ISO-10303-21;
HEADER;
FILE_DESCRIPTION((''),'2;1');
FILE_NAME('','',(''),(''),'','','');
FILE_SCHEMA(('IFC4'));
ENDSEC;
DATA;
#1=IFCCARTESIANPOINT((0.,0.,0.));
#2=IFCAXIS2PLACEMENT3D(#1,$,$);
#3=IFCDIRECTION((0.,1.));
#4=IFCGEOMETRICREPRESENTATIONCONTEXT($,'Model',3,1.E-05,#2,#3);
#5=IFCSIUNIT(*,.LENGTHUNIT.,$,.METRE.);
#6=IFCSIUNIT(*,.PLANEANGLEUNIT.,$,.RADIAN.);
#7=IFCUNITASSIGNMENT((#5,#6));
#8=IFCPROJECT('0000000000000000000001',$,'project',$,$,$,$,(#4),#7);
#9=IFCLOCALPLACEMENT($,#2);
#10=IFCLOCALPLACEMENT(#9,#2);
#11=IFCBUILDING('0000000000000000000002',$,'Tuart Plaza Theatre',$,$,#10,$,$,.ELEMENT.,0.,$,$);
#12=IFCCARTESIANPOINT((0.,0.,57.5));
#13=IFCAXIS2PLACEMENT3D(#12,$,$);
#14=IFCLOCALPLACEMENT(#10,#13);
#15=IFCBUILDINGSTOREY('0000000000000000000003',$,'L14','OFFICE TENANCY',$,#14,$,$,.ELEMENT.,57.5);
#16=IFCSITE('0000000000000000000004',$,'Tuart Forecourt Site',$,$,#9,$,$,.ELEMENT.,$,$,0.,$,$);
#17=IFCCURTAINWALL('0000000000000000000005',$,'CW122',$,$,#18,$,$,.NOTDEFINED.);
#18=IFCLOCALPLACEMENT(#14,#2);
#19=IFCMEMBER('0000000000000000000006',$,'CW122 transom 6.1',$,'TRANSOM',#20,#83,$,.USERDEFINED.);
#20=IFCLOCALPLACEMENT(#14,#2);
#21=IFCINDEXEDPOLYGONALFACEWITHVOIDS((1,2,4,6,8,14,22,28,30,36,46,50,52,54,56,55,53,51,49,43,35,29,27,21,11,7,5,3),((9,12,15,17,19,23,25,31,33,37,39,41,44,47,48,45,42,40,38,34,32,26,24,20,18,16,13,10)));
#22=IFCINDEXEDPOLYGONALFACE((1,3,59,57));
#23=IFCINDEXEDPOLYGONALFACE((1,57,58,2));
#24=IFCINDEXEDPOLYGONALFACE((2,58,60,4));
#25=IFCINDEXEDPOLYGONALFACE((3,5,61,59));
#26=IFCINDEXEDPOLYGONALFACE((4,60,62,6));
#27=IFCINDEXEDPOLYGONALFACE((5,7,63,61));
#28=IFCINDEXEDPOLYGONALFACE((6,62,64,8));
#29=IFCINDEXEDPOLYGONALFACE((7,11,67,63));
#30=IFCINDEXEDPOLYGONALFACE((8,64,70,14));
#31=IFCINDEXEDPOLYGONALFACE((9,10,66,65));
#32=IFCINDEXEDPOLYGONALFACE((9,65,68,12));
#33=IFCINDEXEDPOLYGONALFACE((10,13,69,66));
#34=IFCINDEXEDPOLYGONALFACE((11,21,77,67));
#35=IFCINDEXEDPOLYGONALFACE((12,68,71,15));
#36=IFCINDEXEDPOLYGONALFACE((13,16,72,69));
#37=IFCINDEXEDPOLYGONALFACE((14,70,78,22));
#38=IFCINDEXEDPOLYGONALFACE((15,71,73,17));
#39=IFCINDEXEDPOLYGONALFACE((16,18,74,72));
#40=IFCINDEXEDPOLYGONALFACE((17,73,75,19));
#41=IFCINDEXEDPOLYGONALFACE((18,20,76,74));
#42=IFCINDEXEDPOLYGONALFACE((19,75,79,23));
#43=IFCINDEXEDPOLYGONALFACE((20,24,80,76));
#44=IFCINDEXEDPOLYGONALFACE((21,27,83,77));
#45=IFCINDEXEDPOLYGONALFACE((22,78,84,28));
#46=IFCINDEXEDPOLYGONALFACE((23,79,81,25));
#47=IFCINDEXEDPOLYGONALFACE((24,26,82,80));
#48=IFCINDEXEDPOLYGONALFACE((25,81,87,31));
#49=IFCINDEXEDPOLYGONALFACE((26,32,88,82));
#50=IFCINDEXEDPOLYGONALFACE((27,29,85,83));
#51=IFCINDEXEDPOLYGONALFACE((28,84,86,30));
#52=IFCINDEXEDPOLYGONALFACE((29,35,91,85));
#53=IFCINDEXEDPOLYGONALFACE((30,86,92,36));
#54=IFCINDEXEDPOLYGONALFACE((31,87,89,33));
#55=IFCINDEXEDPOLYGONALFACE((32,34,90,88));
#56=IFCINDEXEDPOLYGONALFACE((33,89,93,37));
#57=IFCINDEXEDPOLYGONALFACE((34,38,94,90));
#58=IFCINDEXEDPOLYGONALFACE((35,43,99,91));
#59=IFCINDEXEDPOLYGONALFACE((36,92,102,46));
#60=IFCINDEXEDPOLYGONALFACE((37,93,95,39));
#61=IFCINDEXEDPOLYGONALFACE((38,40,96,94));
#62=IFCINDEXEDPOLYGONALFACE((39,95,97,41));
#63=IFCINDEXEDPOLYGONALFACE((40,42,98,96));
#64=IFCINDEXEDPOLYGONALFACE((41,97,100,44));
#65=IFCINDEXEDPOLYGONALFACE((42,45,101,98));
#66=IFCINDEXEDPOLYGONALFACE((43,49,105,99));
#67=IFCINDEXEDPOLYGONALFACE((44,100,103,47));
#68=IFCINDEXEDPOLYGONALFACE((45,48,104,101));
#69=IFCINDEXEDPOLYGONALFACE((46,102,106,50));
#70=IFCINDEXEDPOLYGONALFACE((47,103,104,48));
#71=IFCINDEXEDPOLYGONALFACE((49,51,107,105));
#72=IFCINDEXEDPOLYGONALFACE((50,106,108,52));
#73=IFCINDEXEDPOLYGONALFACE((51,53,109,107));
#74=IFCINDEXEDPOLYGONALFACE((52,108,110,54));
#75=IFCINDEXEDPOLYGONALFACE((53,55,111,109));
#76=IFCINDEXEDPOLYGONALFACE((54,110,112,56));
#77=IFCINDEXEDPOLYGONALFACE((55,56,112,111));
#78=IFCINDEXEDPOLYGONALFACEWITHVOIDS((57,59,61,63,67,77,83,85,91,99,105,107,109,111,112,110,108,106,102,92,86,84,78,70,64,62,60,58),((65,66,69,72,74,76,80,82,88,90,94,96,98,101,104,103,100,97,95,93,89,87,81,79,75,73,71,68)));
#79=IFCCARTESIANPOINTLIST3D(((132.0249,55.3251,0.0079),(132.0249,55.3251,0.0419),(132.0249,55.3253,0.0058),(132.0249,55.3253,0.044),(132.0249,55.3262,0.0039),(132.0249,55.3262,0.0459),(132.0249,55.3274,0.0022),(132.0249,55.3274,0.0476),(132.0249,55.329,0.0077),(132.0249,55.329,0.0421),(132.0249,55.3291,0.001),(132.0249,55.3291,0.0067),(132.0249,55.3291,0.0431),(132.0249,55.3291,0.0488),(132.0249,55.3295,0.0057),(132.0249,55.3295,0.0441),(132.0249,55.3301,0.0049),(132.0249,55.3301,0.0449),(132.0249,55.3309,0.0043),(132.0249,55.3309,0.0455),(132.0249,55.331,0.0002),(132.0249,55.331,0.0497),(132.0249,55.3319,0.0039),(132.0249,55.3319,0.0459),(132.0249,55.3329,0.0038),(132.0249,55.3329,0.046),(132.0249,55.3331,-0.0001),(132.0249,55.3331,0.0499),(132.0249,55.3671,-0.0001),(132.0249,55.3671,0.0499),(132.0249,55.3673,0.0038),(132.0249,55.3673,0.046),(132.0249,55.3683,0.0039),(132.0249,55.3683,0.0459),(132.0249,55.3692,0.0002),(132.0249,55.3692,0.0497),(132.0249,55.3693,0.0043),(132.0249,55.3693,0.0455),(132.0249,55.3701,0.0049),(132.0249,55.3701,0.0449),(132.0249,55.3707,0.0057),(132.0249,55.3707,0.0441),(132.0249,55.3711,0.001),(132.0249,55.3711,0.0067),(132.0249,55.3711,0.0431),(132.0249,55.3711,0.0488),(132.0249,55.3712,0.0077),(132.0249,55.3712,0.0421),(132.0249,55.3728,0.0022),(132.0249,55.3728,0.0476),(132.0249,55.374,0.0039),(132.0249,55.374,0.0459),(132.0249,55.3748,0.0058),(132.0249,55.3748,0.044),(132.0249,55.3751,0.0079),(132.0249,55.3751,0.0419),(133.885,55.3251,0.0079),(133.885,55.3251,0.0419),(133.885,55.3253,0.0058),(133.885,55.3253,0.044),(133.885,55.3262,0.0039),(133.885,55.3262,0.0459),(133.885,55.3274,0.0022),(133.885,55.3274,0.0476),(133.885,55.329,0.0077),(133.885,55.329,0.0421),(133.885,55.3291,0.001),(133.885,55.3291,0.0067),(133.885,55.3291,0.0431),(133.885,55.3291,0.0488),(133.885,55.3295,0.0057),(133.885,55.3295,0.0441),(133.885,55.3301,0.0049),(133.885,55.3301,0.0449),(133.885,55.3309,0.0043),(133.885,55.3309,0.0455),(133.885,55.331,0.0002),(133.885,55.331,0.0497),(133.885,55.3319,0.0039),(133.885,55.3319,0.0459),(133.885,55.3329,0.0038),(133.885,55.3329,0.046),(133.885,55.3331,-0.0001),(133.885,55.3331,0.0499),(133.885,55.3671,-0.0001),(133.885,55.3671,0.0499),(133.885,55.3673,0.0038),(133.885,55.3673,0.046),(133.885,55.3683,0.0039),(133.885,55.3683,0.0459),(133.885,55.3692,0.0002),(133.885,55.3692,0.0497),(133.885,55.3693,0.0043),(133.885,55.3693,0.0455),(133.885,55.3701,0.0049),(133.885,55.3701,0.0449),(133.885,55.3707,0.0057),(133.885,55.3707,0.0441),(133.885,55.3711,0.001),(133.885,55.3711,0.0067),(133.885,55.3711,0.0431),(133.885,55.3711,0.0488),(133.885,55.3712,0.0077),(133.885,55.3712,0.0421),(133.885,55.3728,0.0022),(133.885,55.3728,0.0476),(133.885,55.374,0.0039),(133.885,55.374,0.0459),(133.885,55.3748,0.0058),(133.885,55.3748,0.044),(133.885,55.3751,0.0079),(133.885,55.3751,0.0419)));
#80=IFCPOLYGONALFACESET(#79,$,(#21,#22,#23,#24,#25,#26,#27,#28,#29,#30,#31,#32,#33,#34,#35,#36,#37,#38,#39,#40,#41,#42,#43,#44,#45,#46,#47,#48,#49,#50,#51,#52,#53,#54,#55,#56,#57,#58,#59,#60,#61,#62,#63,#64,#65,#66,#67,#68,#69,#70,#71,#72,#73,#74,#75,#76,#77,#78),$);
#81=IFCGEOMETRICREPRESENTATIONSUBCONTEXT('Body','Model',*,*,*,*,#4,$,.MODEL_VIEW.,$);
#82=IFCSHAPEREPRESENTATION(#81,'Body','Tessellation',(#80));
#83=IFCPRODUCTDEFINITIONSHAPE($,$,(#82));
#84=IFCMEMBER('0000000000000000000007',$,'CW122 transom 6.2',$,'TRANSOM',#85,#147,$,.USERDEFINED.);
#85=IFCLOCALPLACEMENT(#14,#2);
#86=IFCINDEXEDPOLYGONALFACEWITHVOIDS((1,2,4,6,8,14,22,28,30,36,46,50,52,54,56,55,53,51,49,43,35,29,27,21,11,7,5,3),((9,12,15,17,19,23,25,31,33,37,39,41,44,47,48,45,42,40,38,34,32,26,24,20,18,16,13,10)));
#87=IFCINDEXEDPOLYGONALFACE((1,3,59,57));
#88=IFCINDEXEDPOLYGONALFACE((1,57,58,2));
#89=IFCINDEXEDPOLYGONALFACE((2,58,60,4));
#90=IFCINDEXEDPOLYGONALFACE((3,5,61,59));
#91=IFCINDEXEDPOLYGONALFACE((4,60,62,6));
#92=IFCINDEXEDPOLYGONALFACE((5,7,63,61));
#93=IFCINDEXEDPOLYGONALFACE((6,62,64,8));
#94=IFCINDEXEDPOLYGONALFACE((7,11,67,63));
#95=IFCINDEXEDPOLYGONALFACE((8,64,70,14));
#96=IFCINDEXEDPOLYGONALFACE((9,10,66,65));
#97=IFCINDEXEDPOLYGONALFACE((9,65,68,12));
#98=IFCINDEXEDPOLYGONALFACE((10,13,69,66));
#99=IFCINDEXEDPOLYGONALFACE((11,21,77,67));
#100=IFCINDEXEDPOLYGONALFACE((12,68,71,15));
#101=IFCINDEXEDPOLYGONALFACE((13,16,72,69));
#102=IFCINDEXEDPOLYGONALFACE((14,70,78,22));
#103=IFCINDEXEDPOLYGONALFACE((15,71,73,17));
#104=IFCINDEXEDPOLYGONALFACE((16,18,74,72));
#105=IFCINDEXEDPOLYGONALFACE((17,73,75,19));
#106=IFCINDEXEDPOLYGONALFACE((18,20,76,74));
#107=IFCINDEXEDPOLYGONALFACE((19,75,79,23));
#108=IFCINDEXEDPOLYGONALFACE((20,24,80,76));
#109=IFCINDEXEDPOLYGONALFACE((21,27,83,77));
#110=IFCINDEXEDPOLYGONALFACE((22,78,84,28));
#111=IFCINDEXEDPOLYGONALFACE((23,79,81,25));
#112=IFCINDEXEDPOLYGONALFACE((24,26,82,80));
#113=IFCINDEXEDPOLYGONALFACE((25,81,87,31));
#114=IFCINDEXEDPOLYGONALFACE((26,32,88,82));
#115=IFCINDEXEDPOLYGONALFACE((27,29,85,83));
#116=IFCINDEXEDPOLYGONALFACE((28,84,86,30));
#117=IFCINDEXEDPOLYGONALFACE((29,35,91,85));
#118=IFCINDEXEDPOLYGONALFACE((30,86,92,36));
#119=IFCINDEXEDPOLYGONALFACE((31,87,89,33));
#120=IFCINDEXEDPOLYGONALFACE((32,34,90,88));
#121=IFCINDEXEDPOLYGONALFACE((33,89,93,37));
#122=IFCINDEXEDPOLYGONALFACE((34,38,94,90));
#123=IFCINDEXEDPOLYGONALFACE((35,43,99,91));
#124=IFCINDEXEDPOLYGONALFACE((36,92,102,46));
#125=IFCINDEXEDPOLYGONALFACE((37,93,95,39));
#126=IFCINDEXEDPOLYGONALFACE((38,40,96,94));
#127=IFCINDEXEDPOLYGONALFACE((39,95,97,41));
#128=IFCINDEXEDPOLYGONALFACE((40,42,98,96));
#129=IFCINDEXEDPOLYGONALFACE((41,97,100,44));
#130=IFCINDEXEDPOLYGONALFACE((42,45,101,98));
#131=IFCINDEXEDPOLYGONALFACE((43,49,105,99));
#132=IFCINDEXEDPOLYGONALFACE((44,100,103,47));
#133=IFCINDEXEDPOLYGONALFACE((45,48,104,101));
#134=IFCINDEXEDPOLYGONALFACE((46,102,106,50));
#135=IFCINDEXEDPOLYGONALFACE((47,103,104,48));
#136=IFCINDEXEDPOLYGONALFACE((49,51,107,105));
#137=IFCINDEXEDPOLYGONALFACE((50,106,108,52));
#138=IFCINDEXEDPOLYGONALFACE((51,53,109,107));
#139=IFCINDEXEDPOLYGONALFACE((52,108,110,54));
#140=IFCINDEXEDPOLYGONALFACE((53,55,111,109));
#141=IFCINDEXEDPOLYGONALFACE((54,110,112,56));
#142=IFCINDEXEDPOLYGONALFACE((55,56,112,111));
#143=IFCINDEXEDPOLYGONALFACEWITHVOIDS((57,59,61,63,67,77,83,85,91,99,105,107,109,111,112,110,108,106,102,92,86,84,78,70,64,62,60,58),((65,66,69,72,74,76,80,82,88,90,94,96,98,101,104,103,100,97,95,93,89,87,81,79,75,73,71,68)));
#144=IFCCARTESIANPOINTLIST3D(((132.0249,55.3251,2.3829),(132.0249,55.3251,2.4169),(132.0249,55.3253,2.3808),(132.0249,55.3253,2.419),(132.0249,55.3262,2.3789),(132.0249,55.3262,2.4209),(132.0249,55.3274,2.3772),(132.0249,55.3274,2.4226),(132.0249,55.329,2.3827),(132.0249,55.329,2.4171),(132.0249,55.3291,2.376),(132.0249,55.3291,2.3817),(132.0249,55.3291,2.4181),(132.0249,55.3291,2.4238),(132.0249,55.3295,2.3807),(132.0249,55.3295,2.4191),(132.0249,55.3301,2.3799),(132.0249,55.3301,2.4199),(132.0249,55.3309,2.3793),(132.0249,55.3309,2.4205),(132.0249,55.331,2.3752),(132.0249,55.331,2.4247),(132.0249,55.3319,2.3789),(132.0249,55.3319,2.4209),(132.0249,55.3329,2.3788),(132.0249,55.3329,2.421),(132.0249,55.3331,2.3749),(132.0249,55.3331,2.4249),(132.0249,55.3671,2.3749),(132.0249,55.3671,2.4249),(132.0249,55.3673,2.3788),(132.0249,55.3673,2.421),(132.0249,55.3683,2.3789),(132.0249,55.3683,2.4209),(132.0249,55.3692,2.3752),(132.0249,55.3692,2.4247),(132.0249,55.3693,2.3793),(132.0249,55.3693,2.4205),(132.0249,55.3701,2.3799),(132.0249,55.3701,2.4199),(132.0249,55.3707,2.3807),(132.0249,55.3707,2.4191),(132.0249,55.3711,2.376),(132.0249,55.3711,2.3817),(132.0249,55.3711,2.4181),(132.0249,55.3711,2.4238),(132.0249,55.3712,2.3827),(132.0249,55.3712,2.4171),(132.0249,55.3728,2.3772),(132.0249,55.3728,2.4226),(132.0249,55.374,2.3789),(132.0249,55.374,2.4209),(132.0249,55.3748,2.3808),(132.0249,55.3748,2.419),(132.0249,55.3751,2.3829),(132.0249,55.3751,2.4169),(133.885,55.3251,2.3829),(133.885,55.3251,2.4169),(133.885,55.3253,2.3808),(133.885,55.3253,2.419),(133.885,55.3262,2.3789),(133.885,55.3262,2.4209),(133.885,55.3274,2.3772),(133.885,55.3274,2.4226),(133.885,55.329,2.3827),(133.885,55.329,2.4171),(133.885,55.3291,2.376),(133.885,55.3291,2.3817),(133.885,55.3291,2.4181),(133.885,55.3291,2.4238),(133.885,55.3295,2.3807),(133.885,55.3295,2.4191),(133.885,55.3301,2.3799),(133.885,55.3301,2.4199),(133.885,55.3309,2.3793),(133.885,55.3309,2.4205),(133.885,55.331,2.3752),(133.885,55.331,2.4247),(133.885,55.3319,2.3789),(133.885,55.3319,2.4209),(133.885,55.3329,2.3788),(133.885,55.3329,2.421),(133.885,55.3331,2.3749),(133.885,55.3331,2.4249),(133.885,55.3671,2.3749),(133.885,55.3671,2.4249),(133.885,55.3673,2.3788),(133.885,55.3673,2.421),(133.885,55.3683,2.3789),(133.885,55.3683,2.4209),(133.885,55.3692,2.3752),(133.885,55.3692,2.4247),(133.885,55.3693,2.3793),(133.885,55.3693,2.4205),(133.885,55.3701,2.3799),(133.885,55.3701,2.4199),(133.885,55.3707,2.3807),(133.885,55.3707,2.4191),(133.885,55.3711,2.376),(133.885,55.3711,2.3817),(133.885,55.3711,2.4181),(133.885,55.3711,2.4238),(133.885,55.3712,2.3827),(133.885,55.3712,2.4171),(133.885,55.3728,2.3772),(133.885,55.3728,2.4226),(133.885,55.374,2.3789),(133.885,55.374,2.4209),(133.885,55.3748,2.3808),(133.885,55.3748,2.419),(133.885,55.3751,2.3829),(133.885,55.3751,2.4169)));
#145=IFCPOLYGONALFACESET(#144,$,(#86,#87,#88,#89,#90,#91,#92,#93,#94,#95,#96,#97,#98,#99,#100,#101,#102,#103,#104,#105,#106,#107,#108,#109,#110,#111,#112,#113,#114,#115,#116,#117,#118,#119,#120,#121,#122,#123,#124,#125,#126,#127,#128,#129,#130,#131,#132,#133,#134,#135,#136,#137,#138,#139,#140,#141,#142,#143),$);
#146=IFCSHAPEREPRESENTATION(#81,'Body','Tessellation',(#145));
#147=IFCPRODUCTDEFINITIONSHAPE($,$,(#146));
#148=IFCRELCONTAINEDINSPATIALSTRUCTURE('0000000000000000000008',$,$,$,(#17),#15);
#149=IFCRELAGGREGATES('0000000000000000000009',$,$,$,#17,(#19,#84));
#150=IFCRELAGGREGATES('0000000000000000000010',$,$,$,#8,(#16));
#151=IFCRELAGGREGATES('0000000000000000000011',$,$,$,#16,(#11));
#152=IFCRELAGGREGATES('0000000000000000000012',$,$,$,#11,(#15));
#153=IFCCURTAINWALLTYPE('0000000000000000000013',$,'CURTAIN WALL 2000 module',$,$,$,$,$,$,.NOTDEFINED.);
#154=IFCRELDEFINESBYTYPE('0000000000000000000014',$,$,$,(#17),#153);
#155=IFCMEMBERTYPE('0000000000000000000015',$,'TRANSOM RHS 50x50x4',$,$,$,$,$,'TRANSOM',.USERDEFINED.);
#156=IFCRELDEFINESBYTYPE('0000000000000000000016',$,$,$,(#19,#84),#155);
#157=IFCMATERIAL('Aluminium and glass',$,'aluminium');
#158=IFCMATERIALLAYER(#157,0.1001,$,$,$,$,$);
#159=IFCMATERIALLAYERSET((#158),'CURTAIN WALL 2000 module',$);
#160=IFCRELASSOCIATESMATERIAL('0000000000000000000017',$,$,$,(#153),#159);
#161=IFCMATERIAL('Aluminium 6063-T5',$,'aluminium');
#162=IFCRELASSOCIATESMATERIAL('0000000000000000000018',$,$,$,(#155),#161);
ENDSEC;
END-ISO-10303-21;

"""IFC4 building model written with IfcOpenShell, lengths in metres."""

from ifc_helpers import new_model, si_unit, direction, frame, origin, origin_2d, place, context, subcontext, project, spatial, hollow_rectangle, extrude, material, layer, layer_set, material_profile, profile_set, type_object, element, aggregate, save


model = new_model("IFC4")

# Units and contexts
model_context = context("Model", 3, precision=1e-05, world=origin(), true_north=direction((0.0, 1.0)))
body_context = subcontext(model_context, "Body", "Model", "MODEL_VIEW")
ifc_project = project(units=[si_unit("LENGTHUNIT", "METRE"), si_unit("PLANEANGLEUNIT", "RADIAN")], contexts=[model_context])

# Site, building, storey
site_placement = place(None, origin())
site = spatial("IfcSite", under=ifc_project, at=site_placement, Name="Tuart Forecourt Site", CompositionType="ELEMENT", RefElevation=0.0)
building_placement = place(site_placement, origin())
building = spatial("IfcBuilding", under=site, at=building_placement, Name="Tuart Plaza Theatre", CompositionType="ELEMENT", ElevationOfRefHeight=0.0)
storey_placement = place(building_placement, frame((0.0, 0.0, 57.5)))
storey = spatial("IfcBuildingStorey", under=building, at=storey_placement, Name="L14", Description="OFFICE TENANCY", CompositionType="ELEMENT", Elevation=57.5)

# Curtain wall, members
ifc_material_1 = material(Name="Aluminium and glass", Category="aluminium")
ifc_layer_1 = layer(ifc_material_1, 0.1001)
ifc_layer_set_1 = layer_set([ifc_layer_1], Name="CURTAIN WALL 2000 module")
curtain_wall_type = type_object("IfcCurtainWallType", Name="CURTAIN WALL 2000 module", PredefinedType="NOTDEFINED", material=ifc_layer_set_1)
curtain_wall_placement = place(storey_placement, origin())
curtain_wall = element("IfcCurtainWall", 1, at=curtain_wall_placement, inside=storey, type_object=curtain_wall_type, Name="CW122", PredefinedType="NOTDEFINED")
ifc_material_2 = material(Name="Aluminium 6063-T5", Category="aluminium")
ifc_material_profile_1 = material_profile(ifc_material_2, hollow_rectangle(XDim=0.05, YDim=0.05, WallThickness=0.0039, InnerFilletRadius=0.0039, OuterFilletRadius=0.0081, at=origin_2d()), Name="RHS 50x50x4")
ifc_profile_set_1 = profile_set([ifc_material_profile_1], Name="Aluminium 6063-T5")
member_type_1 = type_object("IfcMemberType", Name="TRANSOM RHS 50x50x4", ElementType="TRANSOM", PredefinedType="USERDEFINED", material=ifc_profile_set_1)
member_1_placement = place(storey_placement, frame((132.0249, 55.3501, 0.0249), z_axis=(1.0, 0.0, 0.0), x_axis=(0.0, 1.0, 0.0)))
member_1 = element("IfcMember", 2, at=member_1_placement, type_object=member_type_1, Name="CW122 transom 6.1", ObjectType="TRANSOM", PredefinedType="USERDEFINED", context=body_context, shape_type="SweptSolid", body=[
    extrude(hollow_rectangle(XDim=0.05, YDim=0.05, WallThickness=0.0039, InnerFilletRadius=0.0039, OuterFilletRadius=0.0081, at=origin_2d()), origin(), (0.0, 0.0, 1.0), 1.8601),
])
member_2_placement = place(storey_placement, frame((132.0249, 55.3501, 2.3999), z_axis=(1.0, 0.0, 0.0), x_axis=(0.0, 1.0, 0.0)))
member_2 = element("IfcMember", 3, at=member_2_placement, type_object=member_type_1, Name="CW122 transom 6.2", ObjectType="TRANSOM", PredefinedType="USERDEFINED", context=body_context, shape_type="SweptSolid", body=[
    extrude(hollow_rectangle(XDim=0.05, YDim=0.05, WallThickness=0.0039, InnerFilletRadius=0.0039, OuterFilletRadius=0.0081, at=origin_2d()), origin(), (0.0, 0.0, 1.0), 1.8601),
])
aggregate(curtain_wall, [member_1, member_2])

save(model, "model.ifc")
